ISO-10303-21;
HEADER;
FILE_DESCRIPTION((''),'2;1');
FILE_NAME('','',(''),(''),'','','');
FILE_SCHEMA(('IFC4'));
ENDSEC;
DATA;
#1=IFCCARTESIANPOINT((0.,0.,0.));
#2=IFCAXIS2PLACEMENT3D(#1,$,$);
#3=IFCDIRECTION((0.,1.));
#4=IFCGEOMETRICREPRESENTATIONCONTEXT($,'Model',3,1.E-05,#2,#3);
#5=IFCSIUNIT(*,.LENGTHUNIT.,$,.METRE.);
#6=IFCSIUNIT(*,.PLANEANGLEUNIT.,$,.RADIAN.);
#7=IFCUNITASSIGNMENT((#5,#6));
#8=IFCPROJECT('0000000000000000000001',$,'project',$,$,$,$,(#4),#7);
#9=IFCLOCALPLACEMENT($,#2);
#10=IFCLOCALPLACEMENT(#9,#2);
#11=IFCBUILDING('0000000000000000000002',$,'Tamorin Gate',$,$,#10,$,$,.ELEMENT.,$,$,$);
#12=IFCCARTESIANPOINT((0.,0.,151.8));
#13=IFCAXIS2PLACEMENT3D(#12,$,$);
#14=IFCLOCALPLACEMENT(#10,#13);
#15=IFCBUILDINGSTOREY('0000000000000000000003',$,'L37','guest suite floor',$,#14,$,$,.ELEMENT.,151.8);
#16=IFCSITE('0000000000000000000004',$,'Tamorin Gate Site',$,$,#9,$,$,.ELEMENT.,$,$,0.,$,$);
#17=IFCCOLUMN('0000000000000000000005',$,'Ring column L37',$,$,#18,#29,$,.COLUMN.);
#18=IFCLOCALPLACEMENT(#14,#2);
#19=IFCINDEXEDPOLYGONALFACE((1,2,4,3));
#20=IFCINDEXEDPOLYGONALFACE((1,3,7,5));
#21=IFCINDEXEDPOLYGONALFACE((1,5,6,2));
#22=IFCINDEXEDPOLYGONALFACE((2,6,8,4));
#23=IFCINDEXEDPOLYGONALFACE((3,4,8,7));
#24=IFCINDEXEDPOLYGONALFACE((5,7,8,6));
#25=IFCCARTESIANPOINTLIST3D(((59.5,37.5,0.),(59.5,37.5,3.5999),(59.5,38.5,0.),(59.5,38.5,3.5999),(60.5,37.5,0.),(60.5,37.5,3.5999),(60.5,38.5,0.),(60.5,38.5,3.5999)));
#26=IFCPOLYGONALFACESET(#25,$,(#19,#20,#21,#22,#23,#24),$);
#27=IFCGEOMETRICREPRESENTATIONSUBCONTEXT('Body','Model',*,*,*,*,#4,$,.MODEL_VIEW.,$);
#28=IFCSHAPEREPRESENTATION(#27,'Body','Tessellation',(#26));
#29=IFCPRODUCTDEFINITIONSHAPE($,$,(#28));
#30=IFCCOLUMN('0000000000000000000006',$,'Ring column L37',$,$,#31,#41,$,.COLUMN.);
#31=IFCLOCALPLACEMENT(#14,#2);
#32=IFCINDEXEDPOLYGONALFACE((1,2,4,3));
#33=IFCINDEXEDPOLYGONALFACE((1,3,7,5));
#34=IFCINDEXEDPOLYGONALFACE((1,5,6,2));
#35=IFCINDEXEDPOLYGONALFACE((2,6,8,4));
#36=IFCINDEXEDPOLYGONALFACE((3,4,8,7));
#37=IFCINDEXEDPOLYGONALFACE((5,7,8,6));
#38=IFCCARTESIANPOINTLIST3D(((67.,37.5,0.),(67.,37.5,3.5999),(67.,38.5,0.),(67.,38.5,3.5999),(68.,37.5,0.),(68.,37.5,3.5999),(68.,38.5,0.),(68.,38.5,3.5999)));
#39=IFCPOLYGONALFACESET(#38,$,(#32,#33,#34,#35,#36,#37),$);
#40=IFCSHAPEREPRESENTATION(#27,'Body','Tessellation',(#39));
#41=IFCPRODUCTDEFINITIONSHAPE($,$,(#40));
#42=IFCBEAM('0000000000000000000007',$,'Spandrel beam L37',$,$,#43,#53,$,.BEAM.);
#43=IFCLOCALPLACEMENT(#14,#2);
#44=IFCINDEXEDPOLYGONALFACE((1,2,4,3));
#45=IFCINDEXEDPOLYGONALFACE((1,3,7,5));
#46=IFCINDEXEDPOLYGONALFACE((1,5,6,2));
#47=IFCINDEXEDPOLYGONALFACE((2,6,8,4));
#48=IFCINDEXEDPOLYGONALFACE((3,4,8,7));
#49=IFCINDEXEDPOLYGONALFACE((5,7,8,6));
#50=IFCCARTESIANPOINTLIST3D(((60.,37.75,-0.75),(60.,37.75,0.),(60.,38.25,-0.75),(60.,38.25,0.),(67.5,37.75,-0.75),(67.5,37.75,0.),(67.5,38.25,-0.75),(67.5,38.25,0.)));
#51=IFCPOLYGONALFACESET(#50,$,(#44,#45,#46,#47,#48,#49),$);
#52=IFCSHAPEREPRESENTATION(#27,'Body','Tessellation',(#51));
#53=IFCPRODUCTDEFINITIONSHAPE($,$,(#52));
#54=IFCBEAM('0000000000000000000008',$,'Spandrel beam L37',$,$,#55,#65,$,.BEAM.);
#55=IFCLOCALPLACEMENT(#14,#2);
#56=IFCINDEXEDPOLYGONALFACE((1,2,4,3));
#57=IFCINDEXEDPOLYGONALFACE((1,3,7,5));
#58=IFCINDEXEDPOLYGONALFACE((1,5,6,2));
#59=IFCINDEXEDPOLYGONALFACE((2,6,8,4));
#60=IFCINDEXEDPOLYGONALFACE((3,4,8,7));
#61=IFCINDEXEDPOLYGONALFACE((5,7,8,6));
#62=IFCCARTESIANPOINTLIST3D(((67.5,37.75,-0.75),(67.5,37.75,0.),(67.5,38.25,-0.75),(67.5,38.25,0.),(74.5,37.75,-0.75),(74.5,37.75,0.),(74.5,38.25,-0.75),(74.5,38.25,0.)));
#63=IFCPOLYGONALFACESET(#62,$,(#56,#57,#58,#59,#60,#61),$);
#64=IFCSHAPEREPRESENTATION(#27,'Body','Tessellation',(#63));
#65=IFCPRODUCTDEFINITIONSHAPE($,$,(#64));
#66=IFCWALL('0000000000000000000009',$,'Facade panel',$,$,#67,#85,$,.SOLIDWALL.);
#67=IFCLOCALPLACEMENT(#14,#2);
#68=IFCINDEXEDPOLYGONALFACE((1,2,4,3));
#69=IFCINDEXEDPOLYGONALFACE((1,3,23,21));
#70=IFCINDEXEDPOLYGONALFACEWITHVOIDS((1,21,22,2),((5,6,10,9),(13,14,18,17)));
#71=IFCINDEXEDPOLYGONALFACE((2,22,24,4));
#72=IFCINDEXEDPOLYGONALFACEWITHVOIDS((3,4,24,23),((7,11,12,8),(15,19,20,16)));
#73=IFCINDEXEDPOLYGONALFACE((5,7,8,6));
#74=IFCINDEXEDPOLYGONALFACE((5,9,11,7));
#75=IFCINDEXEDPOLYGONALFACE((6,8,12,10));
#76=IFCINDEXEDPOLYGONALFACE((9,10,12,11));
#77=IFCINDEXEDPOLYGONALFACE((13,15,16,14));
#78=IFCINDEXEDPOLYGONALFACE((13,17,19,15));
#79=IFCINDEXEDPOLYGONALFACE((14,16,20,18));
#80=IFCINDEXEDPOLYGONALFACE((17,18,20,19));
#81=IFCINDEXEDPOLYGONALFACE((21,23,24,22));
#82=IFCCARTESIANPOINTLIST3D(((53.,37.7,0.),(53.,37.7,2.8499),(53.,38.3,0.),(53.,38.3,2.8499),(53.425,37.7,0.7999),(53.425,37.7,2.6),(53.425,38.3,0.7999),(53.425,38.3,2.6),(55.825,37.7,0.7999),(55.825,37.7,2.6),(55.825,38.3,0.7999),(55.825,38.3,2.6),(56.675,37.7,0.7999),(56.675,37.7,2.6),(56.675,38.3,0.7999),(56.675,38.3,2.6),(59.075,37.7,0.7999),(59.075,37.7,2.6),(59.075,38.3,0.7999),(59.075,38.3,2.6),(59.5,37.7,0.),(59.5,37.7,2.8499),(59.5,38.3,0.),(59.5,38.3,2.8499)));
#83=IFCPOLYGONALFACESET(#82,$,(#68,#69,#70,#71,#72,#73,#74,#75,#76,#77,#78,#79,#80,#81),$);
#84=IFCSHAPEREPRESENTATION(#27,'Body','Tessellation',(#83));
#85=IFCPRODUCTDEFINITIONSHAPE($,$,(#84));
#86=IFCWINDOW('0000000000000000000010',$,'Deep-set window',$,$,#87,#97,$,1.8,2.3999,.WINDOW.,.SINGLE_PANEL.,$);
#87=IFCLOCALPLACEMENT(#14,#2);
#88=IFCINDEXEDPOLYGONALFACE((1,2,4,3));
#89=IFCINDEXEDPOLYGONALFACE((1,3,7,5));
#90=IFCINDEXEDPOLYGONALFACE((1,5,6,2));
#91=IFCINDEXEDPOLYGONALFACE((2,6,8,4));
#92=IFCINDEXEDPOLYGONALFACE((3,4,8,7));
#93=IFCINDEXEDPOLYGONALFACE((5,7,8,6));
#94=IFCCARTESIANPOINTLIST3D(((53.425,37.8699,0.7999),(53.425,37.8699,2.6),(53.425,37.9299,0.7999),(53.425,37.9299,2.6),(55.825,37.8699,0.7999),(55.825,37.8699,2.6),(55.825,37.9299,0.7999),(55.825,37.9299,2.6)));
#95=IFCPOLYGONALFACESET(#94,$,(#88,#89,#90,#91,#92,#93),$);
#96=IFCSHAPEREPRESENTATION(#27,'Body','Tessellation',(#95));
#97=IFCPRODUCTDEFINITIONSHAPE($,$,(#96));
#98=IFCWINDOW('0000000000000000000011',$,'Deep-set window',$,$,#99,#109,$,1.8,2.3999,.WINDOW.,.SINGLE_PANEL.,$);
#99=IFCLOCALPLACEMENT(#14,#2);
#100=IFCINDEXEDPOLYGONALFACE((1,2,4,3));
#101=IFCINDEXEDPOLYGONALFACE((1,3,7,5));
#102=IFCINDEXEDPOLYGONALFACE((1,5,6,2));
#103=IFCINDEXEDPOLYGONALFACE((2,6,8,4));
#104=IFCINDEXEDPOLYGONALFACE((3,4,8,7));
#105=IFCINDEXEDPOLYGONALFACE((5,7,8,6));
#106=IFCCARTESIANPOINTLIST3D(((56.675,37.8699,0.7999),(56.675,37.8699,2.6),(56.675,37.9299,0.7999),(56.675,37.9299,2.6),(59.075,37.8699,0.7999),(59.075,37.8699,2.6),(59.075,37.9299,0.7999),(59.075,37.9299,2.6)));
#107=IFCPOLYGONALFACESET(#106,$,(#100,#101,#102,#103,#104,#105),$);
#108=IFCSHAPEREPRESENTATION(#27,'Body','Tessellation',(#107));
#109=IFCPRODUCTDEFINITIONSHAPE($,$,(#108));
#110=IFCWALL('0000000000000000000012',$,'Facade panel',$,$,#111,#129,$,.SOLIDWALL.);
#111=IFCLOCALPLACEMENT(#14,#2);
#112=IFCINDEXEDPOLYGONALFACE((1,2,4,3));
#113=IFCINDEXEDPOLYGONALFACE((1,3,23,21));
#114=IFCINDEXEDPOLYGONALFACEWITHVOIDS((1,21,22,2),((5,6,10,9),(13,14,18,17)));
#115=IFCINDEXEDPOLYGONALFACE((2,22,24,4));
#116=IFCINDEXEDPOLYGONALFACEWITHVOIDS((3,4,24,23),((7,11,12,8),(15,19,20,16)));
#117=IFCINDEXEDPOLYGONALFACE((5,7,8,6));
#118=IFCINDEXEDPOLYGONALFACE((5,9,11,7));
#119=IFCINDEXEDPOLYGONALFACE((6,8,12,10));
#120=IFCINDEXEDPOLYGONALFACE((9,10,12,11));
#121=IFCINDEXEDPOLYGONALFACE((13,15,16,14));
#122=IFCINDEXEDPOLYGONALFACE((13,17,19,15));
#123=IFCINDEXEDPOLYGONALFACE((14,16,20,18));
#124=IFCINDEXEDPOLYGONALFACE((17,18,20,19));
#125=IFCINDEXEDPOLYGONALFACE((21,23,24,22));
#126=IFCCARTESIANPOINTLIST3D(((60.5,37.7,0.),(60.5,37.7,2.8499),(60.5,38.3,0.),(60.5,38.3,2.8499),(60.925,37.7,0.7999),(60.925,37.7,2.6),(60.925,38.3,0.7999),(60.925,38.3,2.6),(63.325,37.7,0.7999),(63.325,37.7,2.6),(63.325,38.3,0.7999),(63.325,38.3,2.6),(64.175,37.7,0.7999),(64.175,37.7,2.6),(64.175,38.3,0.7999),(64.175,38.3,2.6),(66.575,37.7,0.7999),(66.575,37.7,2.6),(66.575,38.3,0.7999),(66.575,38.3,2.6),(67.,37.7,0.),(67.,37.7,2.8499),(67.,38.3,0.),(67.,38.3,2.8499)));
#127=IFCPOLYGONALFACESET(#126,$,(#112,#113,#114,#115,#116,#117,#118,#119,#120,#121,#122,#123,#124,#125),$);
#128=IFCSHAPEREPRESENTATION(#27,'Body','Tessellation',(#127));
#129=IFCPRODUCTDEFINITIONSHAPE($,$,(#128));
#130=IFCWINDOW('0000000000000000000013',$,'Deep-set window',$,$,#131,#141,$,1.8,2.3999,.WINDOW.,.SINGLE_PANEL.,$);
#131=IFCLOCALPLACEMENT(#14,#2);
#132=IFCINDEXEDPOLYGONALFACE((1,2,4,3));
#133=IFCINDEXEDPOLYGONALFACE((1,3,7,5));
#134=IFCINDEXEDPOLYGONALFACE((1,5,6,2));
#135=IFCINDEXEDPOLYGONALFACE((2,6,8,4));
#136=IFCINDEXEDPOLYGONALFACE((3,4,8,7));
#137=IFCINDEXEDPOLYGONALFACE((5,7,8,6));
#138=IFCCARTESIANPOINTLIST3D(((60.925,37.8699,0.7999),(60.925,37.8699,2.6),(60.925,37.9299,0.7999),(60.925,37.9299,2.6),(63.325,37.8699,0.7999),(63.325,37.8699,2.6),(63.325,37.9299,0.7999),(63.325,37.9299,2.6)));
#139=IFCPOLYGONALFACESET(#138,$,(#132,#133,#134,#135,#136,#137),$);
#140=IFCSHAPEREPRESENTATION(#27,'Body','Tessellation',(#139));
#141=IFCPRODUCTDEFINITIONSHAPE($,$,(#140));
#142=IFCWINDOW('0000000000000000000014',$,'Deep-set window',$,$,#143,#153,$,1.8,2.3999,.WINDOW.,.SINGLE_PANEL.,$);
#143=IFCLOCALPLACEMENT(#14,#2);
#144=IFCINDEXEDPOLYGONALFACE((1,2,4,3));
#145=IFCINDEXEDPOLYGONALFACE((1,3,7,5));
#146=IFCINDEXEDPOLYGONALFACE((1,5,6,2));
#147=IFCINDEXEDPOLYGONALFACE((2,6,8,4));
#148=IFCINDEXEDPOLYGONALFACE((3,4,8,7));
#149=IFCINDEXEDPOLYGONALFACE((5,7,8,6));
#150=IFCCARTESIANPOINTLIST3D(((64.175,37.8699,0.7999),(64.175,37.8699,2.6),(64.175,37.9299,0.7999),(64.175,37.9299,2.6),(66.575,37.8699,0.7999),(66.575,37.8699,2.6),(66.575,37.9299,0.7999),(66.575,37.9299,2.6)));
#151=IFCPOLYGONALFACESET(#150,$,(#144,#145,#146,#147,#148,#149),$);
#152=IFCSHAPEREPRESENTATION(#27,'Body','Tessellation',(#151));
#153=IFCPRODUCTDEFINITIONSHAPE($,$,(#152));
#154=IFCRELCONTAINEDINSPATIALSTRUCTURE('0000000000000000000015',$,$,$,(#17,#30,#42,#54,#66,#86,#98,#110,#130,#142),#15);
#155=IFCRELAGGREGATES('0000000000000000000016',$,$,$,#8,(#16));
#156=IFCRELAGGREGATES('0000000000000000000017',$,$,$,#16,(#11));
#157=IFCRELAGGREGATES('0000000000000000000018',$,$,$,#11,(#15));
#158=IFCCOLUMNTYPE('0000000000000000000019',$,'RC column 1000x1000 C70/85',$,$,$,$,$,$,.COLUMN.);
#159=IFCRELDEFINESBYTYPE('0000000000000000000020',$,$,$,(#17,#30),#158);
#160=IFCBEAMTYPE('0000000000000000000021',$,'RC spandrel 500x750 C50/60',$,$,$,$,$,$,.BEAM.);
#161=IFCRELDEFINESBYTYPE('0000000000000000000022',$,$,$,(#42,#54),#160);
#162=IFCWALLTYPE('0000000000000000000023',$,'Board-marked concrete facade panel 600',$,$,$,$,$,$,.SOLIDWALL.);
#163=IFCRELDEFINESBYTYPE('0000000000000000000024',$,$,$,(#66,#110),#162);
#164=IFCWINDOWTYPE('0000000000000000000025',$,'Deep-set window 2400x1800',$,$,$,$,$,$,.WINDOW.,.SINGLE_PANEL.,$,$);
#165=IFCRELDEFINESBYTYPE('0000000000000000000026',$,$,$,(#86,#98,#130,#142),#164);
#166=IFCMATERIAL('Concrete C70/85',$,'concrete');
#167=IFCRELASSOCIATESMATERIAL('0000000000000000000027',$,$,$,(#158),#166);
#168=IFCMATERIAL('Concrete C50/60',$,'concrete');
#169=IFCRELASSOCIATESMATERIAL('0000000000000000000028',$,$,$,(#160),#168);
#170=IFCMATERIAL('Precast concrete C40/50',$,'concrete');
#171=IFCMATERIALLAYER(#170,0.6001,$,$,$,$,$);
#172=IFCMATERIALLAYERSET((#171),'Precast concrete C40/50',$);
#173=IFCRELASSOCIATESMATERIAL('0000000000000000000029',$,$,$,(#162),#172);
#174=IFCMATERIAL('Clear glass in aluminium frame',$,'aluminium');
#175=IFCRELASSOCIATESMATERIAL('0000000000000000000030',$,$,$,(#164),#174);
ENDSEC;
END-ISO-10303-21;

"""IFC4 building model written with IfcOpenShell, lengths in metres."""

from ifc_helpers import new_model, si_unit, direction, frame, frame_2d, origin, origin_2d, place, context, subcontext, project, spatial, rectangle, extrude, material, layer, layer_set, material_profile, profile_set, type_object, element, fill, save


model = new_model("IFC4")

# Units and contexts
model_context = context("Model", 3, precision=1e-05, world=origin(), true_north=direction((0.0, 1.0)))
body_context = subcontext(model_context, "Body", "Model", "MODEL_VIEW")
ifc_project = project(units=[si_unit("LENGTHUNIT", "METRE"), si_unit("PLANEANGLEUNIT", "RADIAN")], contexts=[model_context])

# Site, building, storey
site_placement = place(None, origin())
site = spatial("IfcSite", under=ifc_project, at=site_placement, Name="Tamorin Gate Site", CompositionType="ELEMENT", RefElevation=0.0)
building_placement = place(site_placement, origin())
building = spatial("IfcBuilding", under=site, at=building_placement, Name="Tamorin Gate", CompositionType="ELEMENT")
storey_placement = place(building_placement, frame((0.0, 0.0, 151.8)))
storey = spatial("IfcBuildingStorey", under=building, at=storey_placement, Name="L37", Description="guest suite floor", CompositionType="ELEMENT", Elevation=151.8)

# Columns
ifc_material_1 = material(Name="Concrete C70/85", Category="concrete")
ifc_material_profile_1 = material_profile(ifc_material_1, rectangle(XDim=1.0, YDim=1.0, at=origin_2d()), Name="RC 1000x1000")
ifc_profile_set_1 = profile_set([ifc_material_profile_1], Name="Concrete C70/85")
column_type = type_object("IfcColumnType", Name="RC column 1000x1000 C70/85", PredefinedType="COLUMN", material=ifc_profile_set_1)
for number, where, z_axis, x_axis, name in (
    (1, (60.0, 38.0, 0.0), (0.0, 0.0, 1.0), (1.0, 0.0, 0.0), "Ring column L37"),
    (2, (67.5, 38.0, 0.0), (0.0, 0.0, 1.0), (1.0, 0.0, 0.0), "Ring column L37"),
):
    element("IfcColumn", number, at=place(storey_placement, frame(where, z_axis=z_axis, x_axis=x_axis)), inside=storey, type_object=column_type, Name=name, PredefinedType="COLUMN", context=body_context, shape_type="SweptSolid", body=[
        extrude(rectangle(XDim=1.0, YDim=1.0, at=origin_2d()), origin(), (0.0, 0.0, 1.0), 3.5999),
    ])

# Beams
ifc_material_2 = material(Name="Concrete C50/60", Category="concrete")
ifc_material_profile_2 = material_profile(ifc_material_2, rectangle(XDim=0.5, YDim=0.75, at=origin_2d()), Name="RC 500x750")
ifc_profile_set_2 = profile_set([ifc_material_profile_2], Name="Concrete C50/60")
beam_type = type_object("IfcBeamType", Name="RC spandrel 500x750 C50/60", PredefinedType="BEAM", material=ifc_profile_set_2)
beam_1_placement = place(storey_placement, frame((60.0, 38.0, -0.375), z_axis=(1.0, 0.0, 0.0), x_axis=(0.0, 1.0, 0.0)))
element("IfcBeam", 3, at=beam_1_placement, inside=storey, type_object=beam_type, Name="Spandrel beam L37", PredefinedType="BEAM", context=body_context, shape_type="SweptSolid", body=[
    extrude(rectangle(XDim=0.5, YDim=0.75, at=origin_2d()), origin(), (0.0, 0.0, 1.0), 7.5),
])
beam_2_placement = place(storey_placement, frame((67.5, 38.0, -0.375), z_axis=(1.0, 0.0, 0.0), x_axis=(0.0, 1.0, 0.0)))
element("IfcBeam", 4, at=beam_2_placement, inside=storey, type_object=beam_type, Name="Spandrel beam L37", PredefinedType="BEAM", context=body_context, shape_type="SweptSolid", body=[
    extrude(rectangle(XDim=0.5, YDim=0.75, at=origin_2d()), origin(), (0.0, 0.0, 1.0), 7.0),
])

# Walls, openings, windows
ifc_material_3 = material(Name="Precast concrete C40/50", Category="concrete")
ifc_layer_1 = layer(ifc_material_3, 0.6001)
ifc_layer_set_1 = layer_set([ifc_layer_1], Name="Precast concrete C40/50")
wall_type_1 = type_object("IfcWallType", Name="Board-marked concrete facade panel 600", PredefinedType="SOLIDWALL", material=ifc_layer_set_1)
wall_1_placement = place(storey_placement, frame((53.0, 38.0, 0.0), z_axis=(0.0, 0.0, 1.0), x_axis=(1.0, 0.0, 0.0)))
wall_1 = element("IfcWall", 5, at=wall_1_placement, inside=storey, type_object=wall_type_1, Name="Facade panel", PredefinedType="SOLIDWALL", context=body_context, shape_type="SweptSolid", body=[
    extrude(rectangle(XDim=6.5, YDim=0.6001, at=frame_2d((3.25, 0.0))), origin(), (0.0, 0.0, 1.0), 2.8499),
])
opening_1_placement = place(wall_1_placement, frame((0.425, 0.0, 0.8)))
opening_1 = element("IfcOpeningElement", 6, at=opening_1_placement, cuts=wall_1, PredefinedType="OPENING", context=body_context, shape_type="SweptSolid", body=[
    extrude(rectangle(XDim=2.3999, YDim=1.8, at=frame_2d((1.2, 0.8999))), frame((0.0, 0.3101, 0.0), z_axis=(0.0, -1.0, 0.0), x_axis=(1.0, 0.0, 0.0)), (0.0, 0.0, 1.0), 0.6201),
])
opening_2_placement = place(wall_1_placement, frame((3.675, 0.0, 0.8)))
opening_2 = element("IfcOpeningElement", 7, at=opening_2_placement, cuts=wall_1, PredefinedType="OPENING", context=body_context, shape_type="SweptSolid", body=[
    extrude(rectangle(XDim=2.3999, YDim=1.8, at=frame_2d((1.2, 0.8999))), frame((0.0, 0.3101, 0.0), z_axis=(0.0, -1.0, 0.0), x_axis=(1.0, 0.0, 0.0)), (0.0, 0.0, 1.0), 0.6201),
])
ifc_material_4 = material(Name="Clear glass in aluminium frame", Category="aluminium")
window_type = type_object("IfcWindowType", Name="Deep-set window 2400x1800", PartitioningType="SINGLE_PANEL", PredefinedType="WINDOW", material=ifc_material_4)
window_1_placement = place(opening_1_placement, origin())
window_1 = element("IfcWindow", 8, at=window_1_placement, inside=storey, type_object=window_type, Name="Deep-set window", OverallHeight=1.8, OverallWidth=2.3999, PartitioningType="SINGLE_PANEL", PredefinedType="WINDOW", context=body_context, shape_type="SweptSolid", body=[
    extrude(rectangle(XDim=2.3999, YDim=1.8, at=frame_2d((1.2, 0.8999))), frame((0.0, -0.0701, 0.0), z_axis=(0.0, -1.0, 0.0), x_axis=(1.0, 0.0, 0.0)), (0.0, 0.0, 1.0), 0.0601),
])
fill(opening_1, window_1)
window_2_placement = place(opening_2_placement, origin())
window_2 = element("IfcWindow", 9, at=window_2_placement, inside=storey, type_object=window_type, Name="Deep-set window", OverallHeight=1.8, OverallWidth=2.3999, PartitioningType="SINGLE_PANEL", PredefinedType="WINDOW", context=body_context, shape_type="SweptSolid", body=[
    extrude(rectangle(XDim=2.3999, YDim=1.8, at=frame_2d((1.2, 0.8999))), frame((0.0, -0.0701, 0.0), z_axis=(0.0, -1.0, 0.0), x_axis=(1.0, 0.0, 0.0)), (0.0, 0.0, 1.0), 0.0601),
])
fill(opening_2, window_2)
wall_2_placement = place(storey_placement, frame((60.5, 38.0, 0.0), z_axis=(0.0, 0.0, 1.0), x_axis=(1.0, 0.0, 0.0)))
wall_2 = element("IfcWall", 10, at=wall_2_placement, inside=storey, type_object=wall_type_1, Name="Facade panel", PredefinedType="SOLIDWALL", context=body_context, shape_type="SweptSolid", body=[
    extrude(rectangle(XDim=6.5, YDim=0.6001, at=frame_2d((3.25, 0.0))), origin(), (0.0, 0.0, 1.0), 2.8499),
])
opening_3_placement = place(wall_2_placement, frame((0.425, 0.0, 0.8)))
opening_3 = element("IfcOpeningElement", 11, at=opening_3_placement, cuts=wall_2, PredefinedType="OPENING", context=body_context, shape_type="SweptSolid", body=[
    extrude(rectangle(XDim=2.3999, YDim=1.8, at=frame_2d((1.2, 0.8999))), frame((0.0, 0.3101, 0.0), z_axis=(0.0, -1.0, 0.0), x_axis=(1.0, 0.0, 0.0)), (0.0, 0.0, 1.0), 0.6201),
])
opening_4_placement = place(wall_2_placement, frame((3.675, 0.0, 0.8)))
opening_4 = element("IfcOpeningElement", 12, at=opening_4_placement, cuts=wall_2, PredefinedType="OPENING", context=body_context, shape_type="SweptSolid", body=[
    extrude(rectangle(XDim=2.3999, YDim=1.8, at=frame_2d((1.2, 0.8999))), frame((0.0, 0.3101, 0.0), z_axis=(0.0, -1.0, 0.0), x_axis=(1.0, 0.0, 0.0)), (0.0, 0.0, 1.0), 0.6201),
])
window_3_placement = place(opening_3_placement, origin())
window_3 = element("IfcWindow", 13, at=window_3_placement, inside=storey, type_object=window_type, Name="Deep-set window", OverallHeight=1.8, OverallWidth=2.3999, PartitioningType="SINGLE_PANEL", PredefinedType="WINDOW", context=body_context, shape_type="SweptSolid", body=[
    extrude(rectangle(XDim=2.3999, YDim=1.8, at=frame_2d((1.2, 0.8999))), frame((0.0, -0.0701, 0.0), z_axis=(0.0, -1.0, 0.0), x_axis=(1.0, 0.0, 0.0)), (0.0, 0.0, 1.0), 0.0601),
])
fill(opening_3, window_3)
window_4_placement = place(opening_4_placement, origin())
window_4 = element("IfcWindow", 14, at=window_4_placement, inside=storey, type_object=window_type, Name="Deep-set window", OverallHeight=1.8, OverallWidth=2.3999, PartitioningType="SINGLE_PANEL", PredefinedType="WINDOW", context=body_context, shape_type="SweptSolid", body=[
    extrude(rectangle(XDim=2.3999, YDim=1.8, at=frame_2d((1.2, 0.8999))), frame((0.0, -0.0701, 0.0), z_axis=(0.0, -1.0, 0.0), x_axis=(1.0, 0.0, 0.0)), (0.0, 0.0, 1.0), 0.0601),
])
fill(opening_4, window_4)

save(model, "model.ifc")
